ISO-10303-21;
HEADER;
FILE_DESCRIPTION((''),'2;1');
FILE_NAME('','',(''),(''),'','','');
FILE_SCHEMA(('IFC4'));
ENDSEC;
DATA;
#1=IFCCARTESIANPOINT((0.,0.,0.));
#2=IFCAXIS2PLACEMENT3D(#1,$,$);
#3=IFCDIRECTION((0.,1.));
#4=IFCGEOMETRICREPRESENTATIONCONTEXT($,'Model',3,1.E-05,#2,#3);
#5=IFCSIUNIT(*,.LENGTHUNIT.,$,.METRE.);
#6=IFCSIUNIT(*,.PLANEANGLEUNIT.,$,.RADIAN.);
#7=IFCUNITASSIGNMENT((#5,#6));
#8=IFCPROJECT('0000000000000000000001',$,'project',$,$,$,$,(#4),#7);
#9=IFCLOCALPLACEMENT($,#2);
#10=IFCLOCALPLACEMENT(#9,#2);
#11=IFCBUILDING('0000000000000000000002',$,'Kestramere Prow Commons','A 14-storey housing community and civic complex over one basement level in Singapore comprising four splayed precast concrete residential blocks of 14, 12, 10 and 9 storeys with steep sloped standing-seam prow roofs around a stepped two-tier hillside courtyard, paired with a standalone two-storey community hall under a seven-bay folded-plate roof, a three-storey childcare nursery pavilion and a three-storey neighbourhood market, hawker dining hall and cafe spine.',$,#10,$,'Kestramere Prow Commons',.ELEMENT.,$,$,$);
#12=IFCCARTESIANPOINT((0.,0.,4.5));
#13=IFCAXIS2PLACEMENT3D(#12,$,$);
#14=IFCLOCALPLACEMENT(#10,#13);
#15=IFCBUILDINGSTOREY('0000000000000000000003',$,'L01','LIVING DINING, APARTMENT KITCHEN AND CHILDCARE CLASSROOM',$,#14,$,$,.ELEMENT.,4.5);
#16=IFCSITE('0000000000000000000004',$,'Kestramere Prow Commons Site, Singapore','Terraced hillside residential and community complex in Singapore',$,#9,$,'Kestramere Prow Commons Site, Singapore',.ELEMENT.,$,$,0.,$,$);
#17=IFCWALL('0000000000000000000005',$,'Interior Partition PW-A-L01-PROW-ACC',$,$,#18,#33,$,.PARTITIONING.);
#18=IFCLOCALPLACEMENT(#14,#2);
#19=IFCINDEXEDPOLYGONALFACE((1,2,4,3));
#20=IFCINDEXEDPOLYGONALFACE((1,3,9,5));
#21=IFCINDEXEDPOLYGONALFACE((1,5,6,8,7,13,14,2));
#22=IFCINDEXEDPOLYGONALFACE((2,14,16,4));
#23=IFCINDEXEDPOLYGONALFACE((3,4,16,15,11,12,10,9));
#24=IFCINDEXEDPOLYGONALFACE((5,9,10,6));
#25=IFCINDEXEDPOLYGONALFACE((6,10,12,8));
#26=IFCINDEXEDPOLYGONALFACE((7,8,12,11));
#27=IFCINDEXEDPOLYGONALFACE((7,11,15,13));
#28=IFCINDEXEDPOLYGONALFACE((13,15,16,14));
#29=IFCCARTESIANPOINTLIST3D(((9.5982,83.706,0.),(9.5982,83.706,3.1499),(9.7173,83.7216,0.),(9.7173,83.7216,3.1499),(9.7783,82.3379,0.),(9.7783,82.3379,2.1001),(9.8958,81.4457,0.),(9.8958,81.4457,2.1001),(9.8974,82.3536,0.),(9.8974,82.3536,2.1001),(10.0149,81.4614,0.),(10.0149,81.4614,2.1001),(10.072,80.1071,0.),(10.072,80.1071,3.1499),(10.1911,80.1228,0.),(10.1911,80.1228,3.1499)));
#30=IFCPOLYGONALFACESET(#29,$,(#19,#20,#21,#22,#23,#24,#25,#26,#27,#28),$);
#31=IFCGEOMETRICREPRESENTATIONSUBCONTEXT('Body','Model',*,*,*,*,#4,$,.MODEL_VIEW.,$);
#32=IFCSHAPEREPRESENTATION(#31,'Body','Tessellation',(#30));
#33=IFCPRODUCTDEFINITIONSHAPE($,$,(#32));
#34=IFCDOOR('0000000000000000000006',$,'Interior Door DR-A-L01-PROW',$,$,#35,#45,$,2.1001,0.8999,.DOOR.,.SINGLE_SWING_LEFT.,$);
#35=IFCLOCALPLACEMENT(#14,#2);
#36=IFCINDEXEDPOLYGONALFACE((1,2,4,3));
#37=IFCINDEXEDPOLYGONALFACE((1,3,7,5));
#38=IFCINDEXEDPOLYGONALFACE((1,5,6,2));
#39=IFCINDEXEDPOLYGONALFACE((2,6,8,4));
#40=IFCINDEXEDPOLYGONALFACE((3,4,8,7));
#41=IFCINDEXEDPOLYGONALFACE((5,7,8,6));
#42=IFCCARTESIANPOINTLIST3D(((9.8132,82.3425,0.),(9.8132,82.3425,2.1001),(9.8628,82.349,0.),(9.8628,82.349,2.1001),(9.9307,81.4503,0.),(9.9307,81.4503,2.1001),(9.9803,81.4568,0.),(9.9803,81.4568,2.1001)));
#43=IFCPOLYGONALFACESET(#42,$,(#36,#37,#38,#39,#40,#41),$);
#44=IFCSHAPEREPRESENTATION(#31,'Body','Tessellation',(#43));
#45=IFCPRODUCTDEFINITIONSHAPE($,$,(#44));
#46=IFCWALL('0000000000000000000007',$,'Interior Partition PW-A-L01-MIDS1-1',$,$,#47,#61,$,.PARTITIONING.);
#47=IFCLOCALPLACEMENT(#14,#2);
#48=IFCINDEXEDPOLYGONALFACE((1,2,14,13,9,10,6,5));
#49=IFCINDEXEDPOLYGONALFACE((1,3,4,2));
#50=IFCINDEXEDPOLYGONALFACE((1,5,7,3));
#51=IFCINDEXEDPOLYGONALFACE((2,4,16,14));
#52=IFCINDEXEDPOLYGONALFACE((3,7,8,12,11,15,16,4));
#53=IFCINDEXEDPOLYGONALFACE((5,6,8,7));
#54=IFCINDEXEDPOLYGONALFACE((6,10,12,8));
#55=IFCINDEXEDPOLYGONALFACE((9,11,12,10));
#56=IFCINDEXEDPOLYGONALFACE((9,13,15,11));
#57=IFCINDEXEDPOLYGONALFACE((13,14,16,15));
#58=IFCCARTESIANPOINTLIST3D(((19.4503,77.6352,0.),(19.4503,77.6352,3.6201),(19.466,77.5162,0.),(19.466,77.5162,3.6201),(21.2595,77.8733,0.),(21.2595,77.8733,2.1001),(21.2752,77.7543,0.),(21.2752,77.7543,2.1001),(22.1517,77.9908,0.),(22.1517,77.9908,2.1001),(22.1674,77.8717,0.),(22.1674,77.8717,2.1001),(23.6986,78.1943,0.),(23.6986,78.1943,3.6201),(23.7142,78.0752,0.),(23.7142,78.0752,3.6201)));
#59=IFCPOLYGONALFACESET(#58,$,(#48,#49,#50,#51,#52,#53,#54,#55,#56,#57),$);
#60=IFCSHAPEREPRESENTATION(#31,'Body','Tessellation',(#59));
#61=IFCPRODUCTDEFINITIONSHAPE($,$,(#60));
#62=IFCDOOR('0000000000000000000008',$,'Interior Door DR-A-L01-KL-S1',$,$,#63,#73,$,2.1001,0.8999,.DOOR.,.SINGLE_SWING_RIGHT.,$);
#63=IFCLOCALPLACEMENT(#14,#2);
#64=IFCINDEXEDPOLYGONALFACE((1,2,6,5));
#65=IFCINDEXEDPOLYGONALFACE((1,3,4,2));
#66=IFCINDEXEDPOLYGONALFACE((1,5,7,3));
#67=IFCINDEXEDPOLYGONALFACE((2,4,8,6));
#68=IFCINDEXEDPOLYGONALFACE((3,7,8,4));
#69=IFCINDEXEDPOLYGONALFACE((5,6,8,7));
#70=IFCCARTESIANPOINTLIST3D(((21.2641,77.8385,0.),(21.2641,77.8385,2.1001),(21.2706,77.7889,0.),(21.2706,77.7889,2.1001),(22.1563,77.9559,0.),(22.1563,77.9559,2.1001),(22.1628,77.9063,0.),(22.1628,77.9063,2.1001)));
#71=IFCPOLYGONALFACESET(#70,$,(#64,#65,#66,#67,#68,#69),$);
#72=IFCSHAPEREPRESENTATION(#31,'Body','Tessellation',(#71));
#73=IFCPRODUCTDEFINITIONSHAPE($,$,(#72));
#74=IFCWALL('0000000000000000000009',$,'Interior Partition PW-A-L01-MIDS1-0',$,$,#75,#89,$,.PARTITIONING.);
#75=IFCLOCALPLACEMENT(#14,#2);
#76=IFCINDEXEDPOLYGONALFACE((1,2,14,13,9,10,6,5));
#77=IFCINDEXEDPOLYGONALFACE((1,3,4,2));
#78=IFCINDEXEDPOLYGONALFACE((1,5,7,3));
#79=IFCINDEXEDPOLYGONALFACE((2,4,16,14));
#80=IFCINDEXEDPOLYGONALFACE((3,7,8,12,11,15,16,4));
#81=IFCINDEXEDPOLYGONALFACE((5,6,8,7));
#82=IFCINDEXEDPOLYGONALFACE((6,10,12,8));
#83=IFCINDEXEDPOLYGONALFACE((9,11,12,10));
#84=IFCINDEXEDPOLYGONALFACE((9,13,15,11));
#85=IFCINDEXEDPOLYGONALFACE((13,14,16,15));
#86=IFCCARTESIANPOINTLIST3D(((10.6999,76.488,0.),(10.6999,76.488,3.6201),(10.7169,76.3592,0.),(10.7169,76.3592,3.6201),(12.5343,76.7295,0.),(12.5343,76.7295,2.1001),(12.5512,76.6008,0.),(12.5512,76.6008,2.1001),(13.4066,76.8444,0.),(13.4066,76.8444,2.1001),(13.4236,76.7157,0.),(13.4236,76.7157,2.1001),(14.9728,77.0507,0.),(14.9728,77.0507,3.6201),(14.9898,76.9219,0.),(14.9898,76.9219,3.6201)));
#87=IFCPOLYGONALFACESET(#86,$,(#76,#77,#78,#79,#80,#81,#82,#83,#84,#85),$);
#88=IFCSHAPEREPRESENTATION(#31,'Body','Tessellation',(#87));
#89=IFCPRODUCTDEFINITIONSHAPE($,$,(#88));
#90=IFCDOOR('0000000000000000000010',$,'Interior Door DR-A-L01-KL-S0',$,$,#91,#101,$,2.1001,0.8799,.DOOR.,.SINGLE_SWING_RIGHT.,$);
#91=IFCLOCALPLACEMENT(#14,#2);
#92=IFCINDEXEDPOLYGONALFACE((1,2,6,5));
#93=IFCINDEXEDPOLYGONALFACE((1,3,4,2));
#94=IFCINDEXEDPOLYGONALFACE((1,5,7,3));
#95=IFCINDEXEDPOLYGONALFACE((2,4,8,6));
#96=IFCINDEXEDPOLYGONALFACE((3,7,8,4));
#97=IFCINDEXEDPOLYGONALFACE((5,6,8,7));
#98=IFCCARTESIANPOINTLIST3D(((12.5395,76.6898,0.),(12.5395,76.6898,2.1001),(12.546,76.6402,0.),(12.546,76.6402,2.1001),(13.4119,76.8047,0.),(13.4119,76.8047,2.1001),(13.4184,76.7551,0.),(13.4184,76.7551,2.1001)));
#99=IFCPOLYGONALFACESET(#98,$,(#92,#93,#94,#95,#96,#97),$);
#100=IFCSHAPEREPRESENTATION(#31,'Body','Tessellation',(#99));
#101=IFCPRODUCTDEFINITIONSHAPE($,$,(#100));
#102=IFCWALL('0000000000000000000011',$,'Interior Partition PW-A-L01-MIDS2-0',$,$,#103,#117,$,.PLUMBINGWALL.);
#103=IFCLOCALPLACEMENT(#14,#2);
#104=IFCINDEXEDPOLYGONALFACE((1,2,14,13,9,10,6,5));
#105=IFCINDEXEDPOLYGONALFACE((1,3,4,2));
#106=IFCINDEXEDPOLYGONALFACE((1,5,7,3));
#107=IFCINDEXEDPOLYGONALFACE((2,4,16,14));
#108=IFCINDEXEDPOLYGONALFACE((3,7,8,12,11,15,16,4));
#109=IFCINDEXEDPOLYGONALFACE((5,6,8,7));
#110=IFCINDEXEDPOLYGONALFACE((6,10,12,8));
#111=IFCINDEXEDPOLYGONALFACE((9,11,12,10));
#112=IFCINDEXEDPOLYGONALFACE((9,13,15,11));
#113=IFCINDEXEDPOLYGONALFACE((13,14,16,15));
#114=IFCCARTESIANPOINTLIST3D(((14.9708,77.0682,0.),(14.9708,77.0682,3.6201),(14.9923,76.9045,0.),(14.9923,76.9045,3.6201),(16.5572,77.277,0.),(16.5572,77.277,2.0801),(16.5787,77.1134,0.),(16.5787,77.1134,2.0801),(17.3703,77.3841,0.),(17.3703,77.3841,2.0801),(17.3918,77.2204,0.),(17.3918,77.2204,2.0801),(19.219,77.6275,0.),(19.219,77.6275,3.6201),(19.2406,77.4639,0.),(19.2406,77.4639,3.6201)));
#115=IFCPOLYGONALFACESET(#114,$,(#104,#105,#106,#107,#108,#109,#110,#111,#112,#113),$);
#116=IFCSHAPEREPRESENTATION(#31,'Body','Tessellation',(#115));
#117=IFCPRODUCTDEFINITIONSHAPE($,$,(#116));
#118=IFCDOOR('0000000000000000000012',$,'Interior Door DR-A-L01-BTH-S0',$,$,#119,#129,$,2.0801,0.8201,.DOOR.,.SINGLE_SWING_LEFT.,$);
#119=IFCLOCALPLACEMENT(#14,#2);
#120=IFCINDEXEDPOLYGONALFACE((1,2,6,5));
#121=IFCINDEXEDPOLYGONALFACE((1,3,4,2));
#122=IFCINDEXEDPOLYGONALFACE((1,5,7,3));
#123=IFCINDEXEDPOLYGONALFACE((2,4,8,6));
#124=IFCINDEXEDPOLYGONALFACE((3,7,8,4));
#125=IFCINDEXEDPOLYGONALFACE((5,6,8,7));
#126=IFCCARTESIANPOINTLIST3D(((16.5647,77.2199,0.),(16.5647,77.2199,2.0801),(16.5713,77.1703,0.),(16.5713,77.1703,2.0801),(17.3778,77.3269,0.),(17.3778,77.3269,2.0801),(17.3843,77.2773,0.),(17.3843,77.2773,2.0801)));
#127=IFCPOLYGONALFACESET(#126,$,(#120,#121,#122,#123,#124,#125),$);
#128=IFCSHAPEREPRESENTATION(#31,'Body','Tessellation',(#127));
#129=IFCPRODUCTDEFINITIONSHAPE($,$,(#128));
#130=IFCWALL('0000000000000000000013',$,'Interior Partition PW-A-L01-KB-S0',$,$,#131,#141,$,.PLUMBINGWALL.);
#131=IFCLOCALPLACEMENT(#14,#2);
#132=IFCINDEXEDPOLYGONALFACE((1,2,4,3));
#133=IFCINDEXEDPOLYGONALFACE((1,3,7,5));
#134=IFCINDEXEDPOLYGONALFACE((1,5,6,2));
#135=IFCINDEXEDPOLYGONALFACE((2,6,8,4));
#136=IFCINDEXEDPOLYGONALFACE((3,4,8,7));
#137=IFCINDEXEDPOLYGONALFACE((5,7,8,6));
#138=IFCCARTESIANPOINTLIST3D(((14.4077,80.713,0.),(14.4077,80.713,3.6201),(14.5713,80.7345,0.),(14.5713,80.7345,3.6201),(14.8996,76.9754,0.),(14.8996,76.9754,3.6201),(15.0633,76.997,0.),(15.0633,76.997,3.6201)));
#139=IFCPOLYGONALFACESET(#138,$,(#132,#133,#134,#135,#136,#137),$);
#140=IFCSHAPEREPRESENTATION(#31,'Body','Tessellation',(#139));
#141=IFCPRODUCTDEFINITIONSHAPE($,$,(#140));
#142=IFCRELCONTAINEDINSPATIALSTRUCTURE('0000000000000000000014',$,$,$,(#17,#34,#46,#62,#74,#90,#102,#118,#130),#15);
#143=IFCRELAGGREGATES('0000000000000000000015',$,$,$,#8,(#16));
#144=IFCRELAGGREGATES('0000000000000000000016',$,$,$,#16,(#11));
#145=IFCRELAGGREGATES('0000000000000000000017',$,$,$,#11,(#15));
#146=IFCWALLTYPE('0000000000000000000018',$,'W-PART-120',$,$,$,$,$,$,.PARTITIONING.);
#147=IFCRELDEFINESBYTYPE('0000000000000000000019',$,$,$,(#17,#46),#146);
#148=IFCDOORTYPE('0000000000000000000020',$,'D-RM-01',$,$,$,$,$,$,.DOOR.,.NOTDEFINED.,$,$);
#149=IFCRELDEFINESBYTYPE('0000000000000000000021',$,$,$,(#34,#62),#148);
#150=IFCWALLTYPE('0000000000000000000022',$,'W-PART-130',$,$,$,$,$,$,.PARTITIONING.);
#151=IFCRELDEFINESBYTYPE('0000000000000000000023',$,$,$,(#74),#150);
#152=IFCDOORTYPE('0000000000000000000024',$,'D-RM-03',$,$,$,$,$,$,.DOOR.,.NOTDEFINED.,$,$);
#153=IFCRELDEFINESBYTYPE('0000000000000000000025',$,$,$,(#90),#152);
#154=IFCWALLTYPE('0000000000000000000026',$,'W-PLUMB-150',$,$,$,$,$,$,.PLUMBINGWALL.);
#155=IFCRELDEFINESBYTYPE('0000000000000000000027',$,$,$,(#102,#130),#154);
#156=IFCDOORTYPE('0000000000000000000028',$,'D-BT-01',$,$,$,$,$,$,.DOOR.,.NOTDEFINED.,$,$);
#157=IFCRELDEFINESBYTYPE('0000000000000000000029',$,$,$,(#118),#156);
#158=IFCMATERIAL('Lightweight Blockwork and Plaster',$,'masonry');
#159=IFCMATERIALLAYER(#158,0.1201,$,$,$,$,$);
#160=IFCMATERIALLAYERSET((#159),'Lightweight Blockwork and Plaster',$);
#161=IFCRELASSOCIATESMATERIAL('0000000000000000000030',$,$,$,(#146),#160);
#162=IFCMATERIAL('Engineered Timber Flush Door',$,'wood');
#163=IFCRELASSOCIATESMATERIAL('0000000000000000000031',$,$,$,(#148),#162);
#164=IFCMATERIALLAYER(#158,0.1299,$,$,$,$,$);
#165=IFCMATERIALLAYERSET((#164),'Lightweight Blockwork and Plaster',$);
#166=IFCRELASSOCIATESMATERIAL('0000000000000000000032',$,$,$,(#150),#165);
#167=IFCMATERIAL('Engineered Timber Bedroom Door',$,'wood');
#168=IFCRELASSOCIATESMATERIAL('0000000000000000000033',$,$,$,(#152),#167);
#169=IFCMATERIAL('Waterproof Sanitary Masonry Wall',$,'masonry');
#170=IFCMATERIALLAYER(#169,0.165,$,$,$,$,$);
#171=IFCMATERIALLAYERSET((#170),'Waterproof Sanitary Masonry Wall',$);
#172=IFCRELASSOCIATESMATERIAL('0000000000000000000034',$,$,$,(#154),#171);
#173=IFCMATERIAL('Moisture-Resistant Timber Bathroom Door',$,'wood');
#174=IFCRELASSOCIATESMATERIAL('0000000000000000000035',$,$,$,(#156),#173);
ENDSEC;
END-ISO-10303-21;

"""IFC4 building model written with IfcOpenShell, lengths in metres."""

from ifc_helpers import new_model, si_unit, direction, frame, frame_2d, origin, place, context, subcontext, project, spatial, rectangle, extrude, material, layer, layer_set, type_object, element, fill, save


model = new_model("IFC4")

# Units and contexts
model_context = context("Model", 3, precision=1e-05, world=origin(), true_north=direction((0.0, 1.0)))
body_context = subcontext(model_context, "Body", "Model", "MODEL_VIEW")
ifc_project = project(units=[si_unit("LENGTHUNIT", "METRE"), si_unit("PLANEANGLEUNIT", "RADIAN")], contexts=[model_context])

# Site, building, storey
site_placement = place(None, origin())
site = spatial("IfcSite", under=ifc_project, at=site_placement, Name="Kestramere Prow Commons Site, Singapore", Description="Terraced hillside residential and community complex in Singapore", LongName="Kestramere Prow Commons Site, Singapore", CompositionType="ELEMENT", RefElevation=0.0)
building_placement = place(site_placement, origin())
building = spatial("IfcBuilding", under=site, at=building_placement, Name="Kestramere Prow Commons", Description="A 14-storey housing community and civic complex over one basement level in Singapore comprising four splayed precast concrete residential blocks of 14, 12, 10 and 9 storeys with steep sloped standing-seam prow roofs around a stepped two-tier hillside courtyard, paired with a standalone two-storey community hall under a seven-bay folded-plate roof, a three-storey childcare nursery pavilion and a three-storey neighbourhood market, hawker dining hall and cafe spine.", LongName="Kestramere Prow Commons", CompositionType="ELEMENT")
storey_placement = place(building_placement, frame((0.0, 0.0, 4.5)))
storey = spatial("IfcBuildingStorey", under=building, at=storey_placement, Name="L01", Description="LIVING DINING, APARTMENT KITCHEN AND CHILDCARE CLASSROOM", CompositionType="ELEMENT", Elevation=4.5)

# Walls, openings, doors
ifc_material_1 = material(Name="Lightweight Blockwork and Plaster", Category="masonry")
ifc_layer_1 = layer(ifc_material_1, 0.1201)
ifc_layer_set_1 = layer_set([ifc_layer_1], Name="Lightweight Blockwork and Plaster")
wall_type_1 = type_object("IfcWallType", Name="W-PART-120", PredefinedType="PARTITIONING", material=ifc_layer_set_1)
wall_1_placement = place(storey_placement, frame((10.1316, 80.115, 0.0), z_axis=(0.0, 0.0, 1.0), x_axis=(-0.130547, 0.991442, 0.0)))
wall_1 = element("IfcWall", 1, at=wall_1_placement, inside=storey, type_object=wall_type_1, Name="Interior Partition PW-A-L01-PROW-ACC", PredefinedType="PARTITIONING", context=body_context, shape_type="SweptSolid", body=[
    extrude(rectangle(XDim=3.6299, YDim=0.1201, at=frame_2d((1.8149, 0.0))), origin(), (0.0, 0.0, 1.0), 3.1499),
])
opening_1_placement = place(wall_1_placement, frame((1.3501, 0.0, 0.0)))
opening_1 = element("IfcOpeningElement", 2, at=opening_1_placement, cuts=wall_1, PredefinedType="OPENING", context=body_context, shape_type="SweptSolid", body=[
    extrude(rectangle(XDim=0.8999, YDim=2.1001, at=frame_2d((0.45, 1.05))), frame((0.0, 0.075, 0.0), z_axis=(0.0, -1.0, 0.0), x_axis=(1.0, 0.0, 0.0)), (0.0, 0.0, 1.0), 0.1501),
])
ifc_material_2 = material(Name="Engineered Timber Flush Door", Category="wood")
door_type_1 = type_object("IfcDoorType", Name="D-RM-01", OperationType="NOTDEFINED", PredefinedType="DOOR", material=ifc_material_2)
door_1_placement = place(opening_1_placement, origin())
door_1 = element("IfcDoor", 3, at=door_1_placement, inside=storey, type_object=door_type_1, Name="Interior Door DR-A-L01-PROW", OperationType="SINGLE_SWING_LEFT", OverallHeight=2.1001, OverallWidth=0.8999, PredefinedType="DOOR", context=body_context, shape_type="SweptSolid", body=[
    extrude(rectangle(XDim=0.8999, YDim=2.1001, at=frame_2d((0.45, 1.05))), frame((0.0, 0.0249, 0.0), z_axis=(0.0, -1.0, 0.0), x_axis=(1.0, 0.0, 0.0)), (0.0, 0.0, 1.0), 0.05),
])
fill(opening_1, door_1)
wall_2_placement = place(storey_placement, frame((19.458, 77.5757, 0.0), z_axis=(0.0, 0.0, 1.0), x_axis=(0.991451, 0.130477, 0.0)))
wall_2 = element("IfcWall", 4, at=wall_2_placement, inside=storey, type_object=wall_type_1, Name="Interior Partition PW-A-L01-MIDS1-1", PredefinedType="PARTITIONING", context=body_context, shape_type="SweptSolid", body=[
    extrude(rectangle(XDim=4.2849, YDim=0.1201, at=frame_2d((2.1426, 0.0))), origin(), (0.0, 0.0, 1.0), 3.6201),
])
opening_2_placement = place(wall_2_placement, frame((1.825, 0.0, 0.0)))
opening_2 = element("IfcOpeningElement", 5, at=opening_2_placement, cuts=wall_2, PredefinedType="OPENING", context=body_context, shape_type="SweptSolid", body=[
    extrude(rectangle(XDim=0.8999, YDim=2.1001, at=frame_2d((0.45, 1.05))), frame((0.0, 0.075, 0.0), z_axis=(0.0, -1.0, 0.0), x_axis=(1.0, 0.0, 0.0)), (0.0, 0.0, 1.0), 0.1501),
])
door_2_placement = place(opening_2_placement, origin())
door_2 = element("IfcDoor", 6, at=door_2_placement, inside=storey, type_object=door_type_1, Name="Interior Door DR-A-L01-KL-S1", OperationType="SINGLE_SWING_RIGHT", OverallHeight=2.1001, OverallWidth=0.8999, PredefinedType="DOOR", context=body_context, shape_type="SweptSolid", body=[
    extrude(rectangle(XDim=0.8999, YDim=2.1001, at=frame_2d((0.45, 1.05))), frame((0.0, 0.0249, 0.0), z_axis=(0.0, -1.0, 0.0), x_axis=(1.0, 0.0, 0.0)), (0.0, 0.0, 1.0), 0.05),
])
fill(opening_2, door_2)
ifc_layer_2 = layer(ifc_material_1, 0.1299)
ifc_layer_set_2 = layer_set([ifc_layer_2], Name="Lightweight Blockwork and Plaster")
wall_type_2 = type_object("IfcWallType", Name="W-PART-130", PredefinedType="PARTITIONING", material=ifc_layer_set_2)
wall_3_placement = place(storey_placement, frame((10.7085, 76.4236, 0.0), z_axis=(0.0, 0.0, 1.0), x_axis=(0.991439, 0.130572, 0.0)))
wall_3 = element("IfcWall", 7, at=wall_3_placement, inside=storey, type_object=wall_type_2, Name="Interior Partition PW-A-L01-MIDS1-0", PredefinedType="PARTITIONING", context=body_context, shape_type="SweptSolid", body=[
    extrude(rectangle(XDim=4.3098, YDim=0.1299, at=frame_2d((2.1548, 0.0))), origin(), (0.0, 0.0, 1.0), 3.6201),
])
opening_3_placement = place(wall_3_placement, frame((1.8501, 0.0, 0.0)))
opening_3 = element("IfcOpeningElement", 8, at=opening_3_placement, cuts=wall_3, PredefinedType="OPENING", context=body_context, shape_type="SweptSolid", body=[
    extrude(rectangle(XDim=0.8799, YDim=2.1001, at=frame_2d((0.4399, 1.05))), frame((0.0, 0.0798, 0.0), z_axis=(0.0, -1.0, 0.0), x_axis=(1.0, 0.0, 0.0)), (0.0, 0.0, 1.0), 0.1599),
])
ifc_material_3 = material(Name="Engineered Timber Bedroom Door", Category="wood")
door_type_2 = type_object("IfcDoorType", Name="D-RM-03", OperationType="NOTDEFINED", PredefinedType="DOOR", material=ifc_material_3)
door_3_placement = place(opening_3_placement, origin())
door_3 = element("IfcDoor", 9, at=door_3_placement, inside=storey, type_object=door_type_2, Name="Interior Door DR-A-L01-KL-S0", OperationType="SINGLE_SWING_RIGHT", OverallHeight=2.1001, OverallWidth=0.8799, PredefinedType="DOOR", context=body_context, shape_type="SweptSolid", body=[
    extrude(rectangle(XDim=0.8799, YDim=2.1001, at=frame_2d((0.4399, 1.05))), frame((0.0, 0.0249, 0.0), z_axis=(0.0, -1.0, 0.0), x_axis=(1.0, 0.0, 0.0)), (0.0, 0.0, 1.0), 0.05),
])
fill(opening_3, door_3)
ifc_material_4 = material(Name="Waterproof Sanitary Masonry Wall", Category="masonry")
ifc_layer_3 = layer(ifc_material_4, 0.165)
ifc_layer_set_3 = layer_set([ifc_layer_3], Name="Waterproof Sanitary Masonry Wall")
wall_type_3 = type_object("IfcWallType", Name="W-PLUMB-150", PredefinedType="PLUMBINGWALL", material=ifc_layer_set_3)
wall_4_placement = place(storey_placement, frame((14.9814, 76.9863, 0.0), z_axis=(0.0, 0.0, 1.0), x_axis=(0.991444, 0.130533, 0.0)))
wall_4 = element("IfcWall", 10, at=wall_4_placement, inside=storey, type_object=wall_type_3, Name="Interior Partition PW-A-L01-MIDS2-0", PredefinedType="PLUMBINGWALL", context=body_context, shape_type="SweptSolid", body=[
    extrude(rectangle(XDim=4.2849, YDim=0.165, at=frame_2d((2.1426, 0.0))), origin(), (0.0, 0.0, 1.0), 3.6201),
])
opening_4_placement = place(wall_4_placement, frame((1.6001, 0.0, 0.0)))
opening_4 = element("IfcOpeningElement", 11, at=opening_4_placement, cuts=wall_4, PredefinedType="OPENING", context=body_context, shape_type="SweptSolid", body=[
    extrude(rectangle(XDim=0.8201, YDim=2.0801, at=frame_2d((0.4102, 1.04))), frame((0.0, 0.0974, 0.0), z_axis=(0.0, -1.0, 0.0), x_axis=(1.0, 0.0, 0.0)), (0.0, 0.0, 1.0), 0.1951),
])
ifc_material_5 = material(Name="Moisture-Resistant Timber Bathroom Door", Category="wood")
door_type_3 = type_object("IfcDoorType", Name="D-BT-01", OperationType="NOTDEFINED", PredefinedType="DOOR", material=ifc_material_5)
door_4_placement = place(opening_4_placement, origin())
door_4 = element("IfcDoor", 12, at=door_4_placement, inside=storey, type_object=door_type_3, Name="Interior Door DR-A-L01-BTH-S0", OperationType="SINGLE_SWING_LEFT", OverallHeight=2.0801, OverallWidth=0.8201, PredefinedType="DOOR", context=body_context, shape_type="SweptSolid", body=[
    extrude(rectangle(XDim=0.8201, YDim=2.0801, at=frame_2d((0.4102, 1.04))), frame((0.0, 0.0249, 0.0), z_axis=(0.0, -1.0, 0.0), x_axis=(1.0, 0.0, 0.0)), (0.0, 0.0, 1.0), 0.05),
])
fill(opening_4, door_4)

# Wall
wall_5_placement = place(storey_placement, frame((14.9814, 76.9863, 0.0), z_axis=(0.0, 0.0, 1.0), x_axis=(-0.130496, 0.991449, 0.0)))
element("IfcWall", 13, at=wall_5_placement, inside=storey, type_object=wall_type_3, Name="Interior Partition PW-A-L01-KB-S0", PredefinedType="PLUMBINGWALL", context=body_context, shape_type="SweptSolid", body=[
    extrude(rectangle(XDim=3.7698, YDim=0.165, at=frame_2d((1.8848, 0.0))), origin(), (0.0, 0.0, 1.0), 3.6201),
])

save(model, "model.ifc")
